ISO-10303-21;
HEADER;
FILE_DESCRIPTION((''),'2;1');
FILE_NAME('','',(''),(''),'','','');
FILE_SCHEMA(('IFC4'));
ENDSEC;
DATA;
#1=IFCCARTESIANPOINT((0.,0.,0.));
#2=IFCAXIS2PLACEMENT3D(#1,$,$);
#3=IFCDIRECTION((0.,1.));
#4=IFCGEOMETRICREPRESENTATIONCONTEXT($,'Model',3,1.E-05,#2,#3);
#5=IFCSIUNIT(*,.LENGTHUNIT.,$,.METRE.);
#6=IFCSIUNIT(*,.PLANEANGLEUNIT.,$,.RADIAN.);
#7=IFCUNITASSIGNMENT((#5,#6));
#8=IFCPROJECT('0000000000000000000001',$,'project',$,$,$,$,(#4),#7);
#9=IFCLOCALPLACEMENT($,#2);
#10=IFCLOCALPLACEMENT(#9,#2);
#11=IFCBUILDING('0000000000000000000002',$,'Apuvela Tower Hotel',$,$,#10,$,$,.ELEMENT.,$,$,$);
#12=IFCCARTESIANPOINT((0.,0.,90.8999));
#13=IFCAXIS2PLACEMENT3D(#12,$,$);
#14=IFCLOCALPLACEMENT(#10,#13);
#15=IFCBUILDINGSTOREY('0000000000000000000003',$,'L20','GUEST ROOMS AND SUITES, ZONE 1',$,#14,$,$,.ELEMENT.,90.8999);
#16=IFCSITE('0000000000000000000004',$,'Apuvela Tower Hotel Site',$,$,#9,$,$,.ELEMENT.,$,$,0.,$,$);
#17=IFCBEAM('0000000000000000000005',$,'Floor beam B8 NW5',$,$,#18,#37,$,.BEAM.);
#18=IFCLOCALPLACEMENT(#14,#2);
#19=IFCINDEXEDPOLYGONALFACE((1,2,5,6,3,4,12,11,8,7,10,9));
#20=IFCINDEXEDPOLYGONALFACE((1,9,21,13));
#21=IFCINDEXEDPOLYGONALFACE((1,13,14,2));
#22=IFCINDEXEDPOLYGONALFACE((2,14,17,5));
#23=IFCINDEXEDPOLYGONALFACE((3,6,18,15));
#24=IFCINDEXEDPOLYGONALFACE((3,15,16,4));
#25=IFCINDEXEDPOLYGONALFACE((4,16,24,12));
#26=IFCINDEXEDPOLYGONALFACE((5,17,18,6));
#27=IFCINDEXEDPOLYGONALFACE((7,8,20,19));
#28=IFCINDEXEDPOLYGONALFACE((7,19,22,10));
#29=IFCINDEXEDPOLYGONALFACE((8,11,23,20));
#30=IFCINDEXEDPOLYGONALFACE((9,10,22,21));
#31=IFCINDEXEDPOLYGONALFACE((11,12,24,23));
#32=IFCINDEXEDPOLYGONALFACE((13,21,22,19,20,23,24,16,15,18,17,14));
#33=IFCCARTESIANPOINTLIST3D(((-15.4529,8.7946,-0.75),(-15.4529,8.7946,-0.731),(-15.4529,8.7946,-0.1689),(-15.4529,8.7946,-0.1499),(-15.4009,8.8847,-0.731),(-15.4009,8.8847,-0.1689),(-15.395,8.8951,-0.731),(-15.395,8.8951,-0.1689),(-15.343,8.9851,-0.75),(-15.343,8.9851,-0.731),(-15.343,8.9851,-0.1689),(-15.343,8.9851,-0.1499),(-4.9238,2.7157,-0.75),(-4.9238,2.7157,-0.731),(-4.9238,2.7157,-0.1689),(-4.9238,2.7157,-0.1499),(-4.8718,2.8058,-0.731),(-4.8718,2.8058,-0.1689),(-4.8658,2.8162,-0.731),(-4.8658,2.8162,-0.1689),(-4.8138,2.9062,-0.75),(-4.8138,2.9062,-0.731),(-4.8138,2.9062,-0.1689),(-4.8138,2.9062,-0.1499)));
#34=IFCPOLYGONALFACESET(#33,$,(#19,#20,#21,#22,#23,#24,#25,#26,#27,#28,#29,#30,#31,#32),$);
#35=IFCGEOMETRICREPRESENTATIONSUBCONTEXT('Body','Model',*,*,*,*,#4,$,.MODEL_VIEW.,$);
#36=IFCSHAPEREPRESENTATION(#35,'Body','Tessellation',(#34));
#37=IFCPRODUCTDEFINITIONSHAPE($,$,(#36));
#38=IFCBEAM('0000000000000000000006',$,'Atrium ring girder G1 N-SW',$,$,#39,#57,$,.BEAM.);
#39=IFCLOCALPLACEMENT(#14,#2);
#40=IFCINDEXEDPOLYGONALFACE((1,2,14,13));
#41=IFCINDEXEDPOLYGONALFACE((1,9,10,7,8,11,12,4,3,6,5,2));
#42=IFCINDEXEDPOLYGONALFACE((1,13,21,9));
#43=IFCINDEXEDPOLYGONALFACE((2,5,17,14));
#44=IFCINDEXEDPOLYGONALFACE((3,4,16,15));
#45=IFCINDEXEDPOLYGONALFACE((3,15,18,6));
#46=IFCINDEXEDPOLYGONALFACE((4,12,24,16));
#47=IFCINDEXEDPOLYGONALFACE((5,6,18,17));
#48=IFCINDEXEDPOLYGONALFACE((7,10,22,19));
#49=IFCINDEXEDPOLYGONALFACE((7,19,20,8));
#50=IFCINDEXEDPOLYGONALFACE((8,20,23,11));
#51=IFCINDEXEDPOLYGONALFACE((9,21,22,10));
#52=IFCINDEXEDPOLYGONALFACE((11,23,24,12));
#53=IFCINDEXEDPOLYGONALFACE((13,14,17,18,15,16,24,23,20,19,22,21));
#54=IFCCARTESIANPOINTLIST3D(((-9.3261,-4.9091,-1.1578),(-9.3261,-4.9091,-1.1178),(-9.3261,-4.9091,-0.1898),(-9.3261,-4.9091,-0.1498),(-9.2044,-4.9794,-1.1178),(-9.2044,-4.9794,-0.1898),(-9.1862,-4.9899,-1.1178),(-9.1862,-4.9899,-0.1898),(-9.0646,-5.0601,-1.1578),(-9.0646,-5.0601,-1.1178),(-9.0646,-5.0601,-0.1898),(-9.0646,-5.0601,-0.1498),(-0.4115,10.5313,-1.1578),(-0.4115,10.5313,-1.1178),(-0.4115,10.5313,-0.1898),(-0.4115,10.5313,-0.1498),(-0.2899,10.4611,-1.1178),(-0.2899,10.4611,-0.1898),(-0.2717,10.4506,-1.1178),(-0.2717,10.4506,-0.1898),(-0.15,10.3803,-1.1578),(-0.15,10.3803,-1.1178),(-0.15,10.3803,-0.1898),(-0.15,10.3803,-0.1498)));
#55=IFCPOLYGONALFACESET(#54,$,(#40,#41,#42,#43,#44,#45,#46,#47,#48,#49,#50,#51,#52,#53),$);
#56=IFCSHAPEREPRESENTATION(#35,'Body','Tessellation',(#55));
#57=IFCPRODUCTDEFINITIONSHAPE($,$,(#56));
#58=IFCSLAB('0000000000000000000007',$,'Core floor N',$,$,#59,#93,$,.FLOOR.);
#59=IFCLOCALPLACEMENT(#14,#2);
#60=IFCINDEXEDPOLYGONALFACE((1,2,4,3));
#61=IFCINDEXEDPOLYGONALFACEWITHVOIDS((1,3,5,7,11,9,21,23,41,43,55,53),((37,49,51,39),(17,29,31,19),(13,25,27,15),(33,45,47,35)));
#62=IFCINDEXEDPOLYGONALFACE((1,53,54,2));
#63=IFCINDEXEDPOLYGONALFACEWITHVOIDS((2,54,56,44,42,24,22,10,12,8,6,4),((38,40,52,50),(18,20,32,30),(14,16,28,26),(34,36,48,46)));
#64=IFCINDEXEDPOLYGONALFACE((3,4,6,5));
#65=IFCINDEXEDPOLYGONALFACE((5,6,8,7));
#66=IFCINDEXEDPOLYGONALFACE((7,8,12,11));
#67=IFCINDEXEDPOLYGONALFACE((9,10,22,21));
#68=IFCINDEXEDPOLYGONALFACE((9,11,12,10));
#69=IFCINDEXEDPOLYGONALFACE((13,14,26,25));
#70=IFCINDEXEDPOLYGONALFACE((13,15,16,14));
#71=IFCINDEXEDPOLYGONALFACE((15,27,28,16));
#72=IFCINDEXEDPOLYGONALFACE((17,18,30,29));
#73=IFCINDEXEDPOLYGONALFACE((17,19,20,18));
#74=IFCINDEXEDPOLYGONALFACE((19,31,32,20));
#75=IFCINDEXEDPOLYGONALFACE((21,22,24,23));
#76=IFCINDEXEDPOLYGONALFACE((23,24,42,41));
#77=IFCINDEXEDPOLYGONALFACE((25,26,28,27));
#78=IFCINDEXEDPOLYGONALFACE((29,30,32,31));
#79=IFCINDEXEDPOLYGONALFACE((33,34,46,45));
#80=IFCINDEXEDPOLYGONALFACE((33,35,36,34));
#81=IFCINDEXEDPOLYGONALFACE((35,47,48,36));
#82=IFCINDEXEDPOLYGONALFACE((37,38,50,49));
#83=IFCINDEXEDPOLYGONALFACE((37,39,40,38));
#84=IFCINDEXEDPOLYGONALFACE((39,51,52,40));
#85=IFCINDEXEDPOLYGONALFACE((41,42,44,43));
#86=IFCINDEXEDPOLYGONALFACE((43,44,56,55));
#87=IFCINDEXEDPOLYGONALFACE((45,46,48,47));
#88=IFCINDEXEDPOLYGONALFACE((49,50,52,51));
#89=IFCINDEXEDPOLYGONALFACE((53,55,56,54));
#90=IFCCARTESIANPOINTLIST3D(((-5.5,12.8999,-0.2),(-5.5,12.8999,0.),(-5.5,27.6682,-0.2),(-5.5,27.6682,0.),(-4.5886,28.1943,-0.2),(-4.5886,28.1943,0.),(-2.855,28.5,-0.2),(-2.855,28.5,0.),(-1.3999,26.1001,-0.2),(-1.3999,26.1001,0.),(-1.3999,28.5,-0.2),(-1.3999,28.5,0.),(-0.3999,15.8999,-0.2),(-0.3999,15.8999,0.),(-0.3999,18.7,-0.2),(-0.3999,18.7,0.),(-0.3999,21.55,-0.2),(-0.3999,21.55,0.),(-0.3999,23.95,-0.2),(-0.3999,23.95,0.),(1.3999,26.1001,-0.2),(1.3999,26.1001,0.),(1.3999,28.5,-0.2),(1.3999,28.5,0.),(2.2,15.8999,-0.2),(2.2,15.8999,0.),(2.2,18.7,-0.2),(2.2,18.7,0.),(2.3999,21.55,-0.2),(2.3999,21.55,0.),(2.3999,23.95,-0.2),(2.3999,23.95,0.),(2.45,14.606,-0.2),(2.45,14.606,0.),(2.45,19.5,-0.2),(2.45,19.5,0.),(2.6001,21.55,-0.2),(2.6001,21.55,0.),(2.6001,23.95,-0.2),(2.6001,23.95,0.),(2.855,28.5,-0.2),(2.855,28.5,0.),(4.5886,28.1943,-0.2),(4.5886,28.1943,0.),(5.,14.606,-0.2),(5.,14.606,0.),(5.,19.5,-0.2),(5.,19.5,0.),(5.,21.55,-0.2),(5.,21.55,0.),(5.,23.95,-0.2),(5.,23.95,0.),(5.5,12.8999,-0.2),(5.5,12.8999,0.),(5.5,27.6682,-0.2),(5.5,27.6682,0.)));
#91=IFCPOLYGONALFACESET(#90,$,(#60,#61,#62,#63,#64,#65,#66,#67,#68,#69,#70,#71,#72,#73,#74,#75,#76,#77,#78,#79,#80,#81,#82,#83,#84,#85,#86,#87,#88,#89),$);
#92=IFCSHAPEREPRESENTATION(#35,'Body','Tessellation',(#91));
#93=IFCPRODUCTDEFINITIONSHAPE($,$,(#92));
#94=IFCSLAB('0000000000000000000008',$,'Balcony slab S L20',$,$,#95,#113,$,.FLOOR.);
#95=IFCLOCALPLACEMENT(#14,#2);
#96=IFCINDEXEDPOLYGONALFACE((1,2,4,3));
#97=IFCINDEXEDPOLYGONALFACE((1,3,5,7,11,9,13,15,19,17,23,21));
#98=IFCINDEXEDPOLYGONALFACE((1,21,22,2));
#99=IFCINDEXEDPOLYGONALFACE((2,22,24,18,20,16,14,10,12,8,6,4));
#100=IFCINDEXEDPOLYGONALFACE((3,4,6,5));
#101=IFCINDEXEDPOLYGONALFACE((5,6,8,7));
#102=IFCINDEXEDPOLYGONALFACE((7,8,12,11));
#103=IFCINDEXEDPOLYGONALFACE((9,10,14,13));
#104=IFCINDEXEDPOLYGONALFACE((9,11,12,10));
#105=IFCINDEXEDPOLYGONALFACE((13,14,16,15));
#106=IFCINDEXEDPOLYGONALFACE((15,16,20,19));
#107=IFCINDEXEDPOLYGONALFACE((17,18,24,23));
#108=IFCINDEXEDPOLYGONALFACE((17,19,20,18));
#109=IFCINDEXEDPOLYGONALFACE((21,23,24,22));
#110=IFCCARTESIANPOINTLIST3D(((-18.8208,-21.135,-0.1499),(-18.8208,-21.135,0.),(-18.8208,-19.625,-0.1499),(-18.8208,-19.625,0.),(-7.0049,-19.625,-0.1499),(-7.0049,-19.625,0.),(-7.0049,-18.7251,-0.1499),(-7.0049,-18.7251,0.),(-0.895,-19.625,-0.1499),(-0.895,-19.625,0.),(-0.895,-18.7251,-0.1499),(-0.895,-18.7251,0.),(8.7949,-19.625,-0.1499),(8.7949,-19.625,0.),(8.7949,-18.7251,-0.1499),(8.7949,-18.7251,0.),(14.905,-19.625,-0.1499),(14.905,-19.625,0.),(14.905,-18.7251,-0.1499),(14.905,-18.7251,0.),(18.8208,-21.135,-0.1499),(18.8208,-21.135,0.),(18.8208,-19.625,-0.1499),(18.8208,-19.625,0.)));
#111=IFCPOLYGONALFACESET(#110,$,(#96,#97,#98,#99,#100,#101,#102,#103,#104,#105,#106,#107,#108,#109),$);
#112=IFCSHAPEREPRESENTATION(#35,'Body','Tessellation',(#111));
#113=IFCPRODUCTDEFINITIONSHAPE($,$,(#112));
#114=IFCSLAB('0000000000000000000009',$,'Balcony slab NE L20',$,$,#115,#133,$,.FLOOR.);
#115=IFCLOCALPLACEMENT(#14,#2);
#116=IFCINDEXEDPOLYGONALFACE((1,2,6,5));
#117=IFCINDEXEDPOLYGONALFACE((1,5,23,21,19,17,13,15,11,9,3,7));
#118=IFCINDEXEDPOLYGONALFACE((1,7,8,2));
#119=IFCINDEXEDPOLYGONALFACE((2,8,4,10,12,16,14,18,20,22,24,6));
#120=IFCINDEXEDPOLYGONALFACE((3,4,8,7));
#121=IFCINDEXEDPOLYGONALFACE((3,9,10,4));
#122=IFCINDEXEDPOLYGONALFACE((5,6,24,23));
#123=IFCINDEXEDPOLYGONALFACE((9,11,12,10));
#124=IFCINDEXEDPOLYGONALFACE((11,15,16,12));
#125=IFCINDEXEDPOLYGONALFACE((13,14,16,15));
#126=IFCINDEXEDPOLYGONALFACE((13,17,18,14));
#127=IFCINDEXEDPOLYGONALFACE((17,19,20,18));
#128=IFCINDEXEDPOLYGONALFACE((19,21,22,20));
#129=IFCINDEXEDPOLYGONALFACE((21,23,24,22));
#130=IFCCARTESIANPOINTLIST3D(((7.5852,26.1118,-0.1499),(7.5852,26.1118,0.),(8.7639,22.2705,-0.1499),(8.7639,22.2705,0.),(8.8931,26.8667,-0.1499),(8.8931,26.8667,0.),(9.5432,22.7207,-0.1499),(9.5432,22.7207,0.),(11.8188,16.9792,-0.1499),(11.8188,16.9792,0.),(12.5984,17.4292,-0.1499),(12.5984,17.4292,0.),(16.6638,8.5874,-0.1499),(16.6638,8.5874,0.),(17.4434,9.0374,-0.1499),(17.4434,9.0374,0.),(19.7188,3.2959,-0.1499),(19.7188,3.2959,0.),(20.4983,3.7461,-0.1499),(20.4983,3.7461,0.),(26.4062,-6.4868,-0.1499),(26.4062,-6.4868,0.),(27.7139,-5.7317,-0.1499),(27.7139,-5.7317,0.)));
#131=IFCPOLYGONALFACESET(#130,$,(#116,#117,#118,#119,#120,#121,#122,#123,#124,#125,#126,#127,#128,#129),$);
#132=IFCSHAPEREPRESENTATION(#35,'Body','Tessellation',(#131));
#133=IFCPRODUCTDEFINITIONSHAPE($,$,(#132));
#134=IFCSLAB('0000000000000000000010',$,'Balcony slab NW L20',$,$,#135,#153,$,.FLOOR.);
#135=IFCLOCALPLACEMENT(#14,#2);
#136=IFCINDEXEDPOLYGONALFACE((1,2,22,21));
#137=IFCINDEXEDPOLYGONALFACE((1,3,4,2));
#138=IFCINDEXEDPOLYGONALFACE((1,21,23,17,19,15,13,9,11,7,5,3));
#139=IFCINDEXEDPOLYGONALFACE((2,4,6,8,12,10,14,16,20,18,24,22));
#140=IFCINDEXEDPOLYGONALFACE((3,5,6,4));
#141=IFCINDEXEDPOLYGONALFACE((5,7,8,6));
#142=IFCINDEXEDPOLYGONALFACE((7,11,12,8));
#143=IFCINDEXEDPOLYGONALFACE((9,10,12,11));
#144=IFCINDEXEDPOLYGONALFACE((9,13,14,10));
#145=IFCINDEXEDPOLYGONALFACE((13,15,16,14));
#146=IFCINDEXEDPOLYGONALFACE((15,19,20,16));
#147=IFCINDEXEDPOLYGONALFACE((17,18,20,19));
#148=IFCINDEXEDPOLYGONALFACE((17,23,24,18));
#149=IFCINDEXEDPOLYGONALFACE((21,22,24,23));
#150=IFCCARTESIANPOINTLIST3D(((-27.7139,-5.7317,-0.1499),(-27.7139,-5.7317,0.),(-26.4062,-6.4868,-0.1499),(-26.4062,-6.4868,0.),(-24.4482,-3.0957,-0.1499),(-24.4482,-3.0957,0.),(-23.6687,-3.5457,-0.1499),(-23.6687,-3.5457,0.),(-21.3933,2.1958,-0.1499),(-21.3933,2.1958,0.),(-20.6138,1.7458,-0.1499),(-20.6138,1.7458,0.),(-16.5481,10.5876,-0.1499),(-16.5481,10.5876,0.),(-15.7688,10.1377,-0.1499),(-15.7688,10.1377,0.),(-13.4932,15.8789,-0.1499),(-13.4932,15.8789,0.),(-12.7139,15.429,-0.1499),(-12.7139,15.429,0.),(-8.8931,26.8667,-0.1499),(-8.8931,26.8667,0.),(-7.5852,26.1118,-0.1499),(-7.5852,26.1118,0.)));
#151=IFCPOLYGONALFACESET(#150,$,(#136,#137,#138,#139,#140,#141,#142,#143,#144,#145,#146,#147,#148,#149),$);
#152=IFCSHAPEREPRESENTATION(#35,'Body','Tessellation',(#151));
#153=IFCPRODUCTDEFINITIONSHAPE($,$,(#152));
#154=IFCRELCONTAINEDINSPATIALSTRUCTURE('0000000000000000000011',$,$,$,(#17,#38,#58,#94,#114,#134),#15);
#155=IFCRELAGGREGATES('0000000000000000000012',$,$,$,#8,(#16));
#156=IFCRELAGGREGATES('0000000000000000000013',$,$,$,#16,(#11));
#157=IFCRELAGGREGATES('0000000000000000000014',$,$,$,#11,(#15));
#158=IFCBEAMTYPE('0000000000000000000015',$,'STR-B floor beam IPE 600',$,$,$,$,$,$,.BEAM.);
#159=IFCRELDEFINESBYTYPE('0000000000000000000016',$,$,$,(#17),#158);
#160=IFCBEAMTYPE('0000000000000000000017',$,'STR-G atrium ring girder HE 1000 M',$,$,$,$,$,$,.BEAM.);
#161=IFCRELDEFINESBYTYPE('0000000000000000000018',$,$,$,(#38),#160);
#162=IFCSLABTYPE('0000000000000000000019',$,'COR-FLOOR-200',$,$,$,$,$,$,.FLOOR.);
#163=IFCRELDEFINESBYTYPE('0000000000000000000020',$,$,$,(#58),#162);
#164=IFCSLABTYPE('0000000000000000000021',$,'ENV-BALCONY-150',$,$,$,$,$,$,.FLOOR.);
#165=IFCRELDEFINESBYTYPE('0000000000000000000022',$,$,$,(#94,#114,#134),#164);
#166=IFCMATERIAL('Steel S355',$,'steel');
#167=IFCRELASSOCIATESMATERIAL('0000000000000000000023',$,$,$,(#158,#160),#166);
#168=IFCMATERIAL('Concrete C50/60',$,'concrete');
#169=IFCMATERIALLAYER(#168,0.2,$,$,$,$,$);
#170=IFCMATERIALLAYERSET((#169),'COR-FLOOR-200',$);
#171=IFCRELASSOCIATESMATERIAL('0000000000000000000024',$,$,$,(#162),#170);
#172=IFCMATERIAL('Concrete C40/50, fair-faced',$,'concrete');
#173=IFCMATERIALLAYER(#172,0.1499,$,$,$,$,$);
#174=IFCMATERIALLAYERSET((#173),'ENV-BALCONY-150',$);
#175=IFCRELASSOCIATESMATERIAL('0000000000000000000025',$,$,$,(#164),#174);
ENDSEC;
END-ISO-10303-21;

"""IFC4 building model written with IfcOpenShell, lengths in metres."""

from ifc_helpers import new_model, si_unit, direction, frame, origin, origin_2d, place, context, subcontext, project, spatial, polyline, i_section, outline, extrude, material, layer, layer_set, material_profile, profile_set, type_object, element, save


model = new_model("IFC4")

# Units and contexts
model_context = context("Model", 3, precision=1e-05, world=origin(), true_north=direction((0.0, 1.0)))
body_context = subcontext(model_context, "Body", "Model", "MODEL_VIEW")
ifc_project = project(units=[si_unit("LENGTHUNIT", "METRE"), si_unit("PLANEANGLEUNIT", "RADIAN")], contexts=[model_context])

# Site, building, storey
site_placement = place(None, origin())
site = spatial("IfcSite", under=ifc_project, at=site_placement, Name="Apuvela Tower Hotel Site", CompositionType="ELEMENT", RefElevation=0.0)
building_placement = place(site_placement, origin())
building = spatial("IfcBuilding", under=site, at=building_placement, Name="Apuvela Tower Hotel", CompositionType="ELEMENT")
storey_placement = place(building_placement, frame((0.0, 0.0, 90.8999)))
storey = spatial("IfcBuildingStorey", under=building, at=storey_placement, Name="L20", Description="GUEST ROOMS AND SUITES, ZONE 1", CompositionType="ELEMENT", Elevation=90.8999)

# Beams
ifc_material_1 = material(Name="Steel S355", Category="steel")
ifc_material_profile_1 = material_profile(ifc_material_1, i_section(OverallWidth=0.22, OverallDepth=0.6001, WebThickness=0.012, FlangeThickness=0.019, at=origin_2d()), Name="IPE 600")
ifc_profile_set_1 = profile_set([ifc_material_profile_1], Name="Steel S355")
beam_type_1 = type_object("IfcBeamType", Name="STR-B floor beam IPE 600", PredefinedType="BEAM", material=ifc_profile_set_1)
beam_1_placement = place(storey_placement, frame((-15.3979, 8.8899, -0.45), z_axis=(0.866029, -0.499994, 0.0), x_axis=(0.499994, 0.866029, 0.0)))
element("IfcBeam", 1, at=beam_1_placement, inside=storey, type_object=beam_type_1, Name="Floor beam B8 NW5", PredefinedType="BEAM", context=body_context, shape_type="SweptSolid", body=[
    extrude(i_section(OverallWidth=0.22, OverallDepth=0.6001, WebThickness=0.012, FlangeThickness=0.019, at=origin_2d()), origin(), (0.0, 0.0, 1.0), 12.158),
])
ifc_material_profile_2 = material_profile(ifc_material_1, i_section(OverallWidth=0.302, OverallDepth=1.0081, WebThickness=0.021, FlangeThickness=0.04, at=origin_2d()), Name="HE 1000 M")
ifc_profile_set_2 = profile_set([ifc_material_profile_2], Name="Steel S355")
beam_type_2 = type_object("IfcBeamType", Name="STR-G atrium ring girder HE 1000 M", PredefinedType="BEAM", material=ifc_profile_set_2)
beam_2_placement = place(storey_placement, frame((-0.2808, 10.4558, -0.6538), z_axis=(-0.500001, -0.866025, 0.0), x_axis=(0.866025, -0.500001, 0.0)))
element("IfcBeam", 2, at=beam_2_placement, inside=storey, type_object=beam_type_2, Name="Atrium ring girder G1 N-SW", PredefinedType="BEAM", context=body_context, shape_type="SweptSolid", body=[
    extrude(i_section(OverallWidth=0.302, OverallDepth=1.0081, WebThickness=0.021, FlangeThickness=0.04, at=origin_2d()), origin(), (0.0, 0.0, 1.0), 17.8291),
])

# Slabs
ifc_material_2 = material(Name="Concrete C50/60", Category="concrete")
ifc_layer_1 = layer(ifc_material_2, 0.2)
ifc_layer_set_1 = layer_set([ifc_layer_1], Name="COR-FLOOR-200")
slab_type_1 = type_object("IfcSlabType", Name="COR-FLOOR-200", PredefinedType="FLOOR", material=ifc_layer_set_1)
slab_1_placement = place(storey_placement, frame((0.0, 0.0, -0.2)))
element("IfcSlab", 3, at=slab_1_placement, inside=storey, type_object=slab_type_1, Name="Core floor N", PredefinedType="FLOOR", context=body_context, shape_type="SweptSolid", body=[
    extrude(outline(polyline([(5.5, 27.6682), (4.5886, 28.1943), (2.855, 28.5), (1.3999, 28.5), (1.3999, 26.1001), (-1.3999, 26.1001), (-1.3999, 28.5), (-2.855, 28.5), (-4.5886, 28.1943), (-5.5, 27.6682), (-5.5, 12.8999), (5.5, 12.8999), (5.5, 27.6682)]), holes=[polyline([(5.0, 14.606), (2.45, 14.606), (2.45, 19.5), (5.0, 19.5), (5.0, 14.606)]), polyline([(2.2, 15.8999), (-0.3999, 15.8999), (-0.3999, 18.7), (2.2, 18.7), (2.2, 15.8999)]), polyline([(5.0, 21.55), (2.6001, 21.55), (2.6001, 23.95), (5.0, 23.95), (5.0, 21.55)]), polyline([(2.3999, 21.55), (-0.3999, 21.55), (-0.3999, 23.95), (2.3999, 23.95), (2.3999, 21.55)])]), origin(), (0.0, 0.0, 1.0), 0.2),
])
ifc_material_3 = material(Name="Concrete C40/50, fair-faced", Category="concrete")
ifc_layer_2 = layer(ifc_material_3, 0.1499)
ifc_layer_set_2 = layer_set([ifc_layer_2], Name="ENV-BALCONY-150")
slab_type_2 = type_object("IfcSlabType", Name="ENV-BALCONY-150", PredefinedType="FLOOR", material=ifc_layer_set_2)
slab_2_placement = place(storey_placement, frame((0.0, 0.0, -0.1499)))
element("IfcSlab", 4, at=slab_2_placement, inside=storey, type_object=slab_type_2, Name="Balcony slab S L20", PredefinedType="FLOOR", context=body_context, shape_type="SweptSolid", body=[
    extrude(outline(polyline([(18.8208, -21.135), (-18.8208, -21.135), (-18.8208, -19.625), (-7.0049, -19.625), (-7.0049, -18.7251), (-0.895, -18.7251), (-0.895, -19.625), (8.7949, -19.625), (8.7949, -18.7251), (14.905, -18.7251), (14.905, -19.625), (18.8208, -19.625), (18.8208, -21.135)])), origin(), (0.0, 0.0, 1.0), 0.1499),
])
slab_3_placement = place(storey_placement, frame((0.0, 0.0, -0.1499)))
element("IfcSlab", 5, at=slab_3_placement, inside=storey, type_object=slab_type_2, Name="Balcony slab NE L20", PredefinedType="FLOOR", context=body_context, shape_type="SweptSolid", body=[
    extrude(outline(polyline([(17.4434, 9.0374), (12.5984, 17.4292), (11.8188, 16.9792), (8.7639, 22.2705), (9.5432, 22.7207), (7.5852, 26.1118), (8.8931, 26.8667), (27.7139, -5.7317), (26.4062, -6.4868), (20.4983, 3.7461), (19.7188, 3.2959), (16.6638, 8.5874), (17.4434, 9.0374)])), origin(), (0.0, 0.0, 1.0), 0.1499),
])
slab_4_placement = place(storey_placement, frame((0.0, 0.0, -0.1499)))
element("IfcSlab", 6, at=slab_4_placement, inside=storey, type_object=slab_type_2, Name="Balcony slab NW L20", PredefinedType="FLOOR", context=body_context, shape_type="SweptSolid", body=[
    extrude(outline(polyline([(-27.7139, -5.7317), (-8.8931, 26.8667), (-7.5852, 26.1118), (-13.4932, 15.8789), (-12.7139, 15.429), (-15.7688, 10.1377), (-16.5481, 10.5876), (-21.3933, 2.1958), (-20.6138, 1.7458), (-23.6687, -3.5457), (-24.4482, -3.0957), (-26.4062, -6.4868), (-27.7139, -5.7317)])), origin(), (0.0, 0.0, 1.0), 0.1499),
])

save(model, "model.ifc")
